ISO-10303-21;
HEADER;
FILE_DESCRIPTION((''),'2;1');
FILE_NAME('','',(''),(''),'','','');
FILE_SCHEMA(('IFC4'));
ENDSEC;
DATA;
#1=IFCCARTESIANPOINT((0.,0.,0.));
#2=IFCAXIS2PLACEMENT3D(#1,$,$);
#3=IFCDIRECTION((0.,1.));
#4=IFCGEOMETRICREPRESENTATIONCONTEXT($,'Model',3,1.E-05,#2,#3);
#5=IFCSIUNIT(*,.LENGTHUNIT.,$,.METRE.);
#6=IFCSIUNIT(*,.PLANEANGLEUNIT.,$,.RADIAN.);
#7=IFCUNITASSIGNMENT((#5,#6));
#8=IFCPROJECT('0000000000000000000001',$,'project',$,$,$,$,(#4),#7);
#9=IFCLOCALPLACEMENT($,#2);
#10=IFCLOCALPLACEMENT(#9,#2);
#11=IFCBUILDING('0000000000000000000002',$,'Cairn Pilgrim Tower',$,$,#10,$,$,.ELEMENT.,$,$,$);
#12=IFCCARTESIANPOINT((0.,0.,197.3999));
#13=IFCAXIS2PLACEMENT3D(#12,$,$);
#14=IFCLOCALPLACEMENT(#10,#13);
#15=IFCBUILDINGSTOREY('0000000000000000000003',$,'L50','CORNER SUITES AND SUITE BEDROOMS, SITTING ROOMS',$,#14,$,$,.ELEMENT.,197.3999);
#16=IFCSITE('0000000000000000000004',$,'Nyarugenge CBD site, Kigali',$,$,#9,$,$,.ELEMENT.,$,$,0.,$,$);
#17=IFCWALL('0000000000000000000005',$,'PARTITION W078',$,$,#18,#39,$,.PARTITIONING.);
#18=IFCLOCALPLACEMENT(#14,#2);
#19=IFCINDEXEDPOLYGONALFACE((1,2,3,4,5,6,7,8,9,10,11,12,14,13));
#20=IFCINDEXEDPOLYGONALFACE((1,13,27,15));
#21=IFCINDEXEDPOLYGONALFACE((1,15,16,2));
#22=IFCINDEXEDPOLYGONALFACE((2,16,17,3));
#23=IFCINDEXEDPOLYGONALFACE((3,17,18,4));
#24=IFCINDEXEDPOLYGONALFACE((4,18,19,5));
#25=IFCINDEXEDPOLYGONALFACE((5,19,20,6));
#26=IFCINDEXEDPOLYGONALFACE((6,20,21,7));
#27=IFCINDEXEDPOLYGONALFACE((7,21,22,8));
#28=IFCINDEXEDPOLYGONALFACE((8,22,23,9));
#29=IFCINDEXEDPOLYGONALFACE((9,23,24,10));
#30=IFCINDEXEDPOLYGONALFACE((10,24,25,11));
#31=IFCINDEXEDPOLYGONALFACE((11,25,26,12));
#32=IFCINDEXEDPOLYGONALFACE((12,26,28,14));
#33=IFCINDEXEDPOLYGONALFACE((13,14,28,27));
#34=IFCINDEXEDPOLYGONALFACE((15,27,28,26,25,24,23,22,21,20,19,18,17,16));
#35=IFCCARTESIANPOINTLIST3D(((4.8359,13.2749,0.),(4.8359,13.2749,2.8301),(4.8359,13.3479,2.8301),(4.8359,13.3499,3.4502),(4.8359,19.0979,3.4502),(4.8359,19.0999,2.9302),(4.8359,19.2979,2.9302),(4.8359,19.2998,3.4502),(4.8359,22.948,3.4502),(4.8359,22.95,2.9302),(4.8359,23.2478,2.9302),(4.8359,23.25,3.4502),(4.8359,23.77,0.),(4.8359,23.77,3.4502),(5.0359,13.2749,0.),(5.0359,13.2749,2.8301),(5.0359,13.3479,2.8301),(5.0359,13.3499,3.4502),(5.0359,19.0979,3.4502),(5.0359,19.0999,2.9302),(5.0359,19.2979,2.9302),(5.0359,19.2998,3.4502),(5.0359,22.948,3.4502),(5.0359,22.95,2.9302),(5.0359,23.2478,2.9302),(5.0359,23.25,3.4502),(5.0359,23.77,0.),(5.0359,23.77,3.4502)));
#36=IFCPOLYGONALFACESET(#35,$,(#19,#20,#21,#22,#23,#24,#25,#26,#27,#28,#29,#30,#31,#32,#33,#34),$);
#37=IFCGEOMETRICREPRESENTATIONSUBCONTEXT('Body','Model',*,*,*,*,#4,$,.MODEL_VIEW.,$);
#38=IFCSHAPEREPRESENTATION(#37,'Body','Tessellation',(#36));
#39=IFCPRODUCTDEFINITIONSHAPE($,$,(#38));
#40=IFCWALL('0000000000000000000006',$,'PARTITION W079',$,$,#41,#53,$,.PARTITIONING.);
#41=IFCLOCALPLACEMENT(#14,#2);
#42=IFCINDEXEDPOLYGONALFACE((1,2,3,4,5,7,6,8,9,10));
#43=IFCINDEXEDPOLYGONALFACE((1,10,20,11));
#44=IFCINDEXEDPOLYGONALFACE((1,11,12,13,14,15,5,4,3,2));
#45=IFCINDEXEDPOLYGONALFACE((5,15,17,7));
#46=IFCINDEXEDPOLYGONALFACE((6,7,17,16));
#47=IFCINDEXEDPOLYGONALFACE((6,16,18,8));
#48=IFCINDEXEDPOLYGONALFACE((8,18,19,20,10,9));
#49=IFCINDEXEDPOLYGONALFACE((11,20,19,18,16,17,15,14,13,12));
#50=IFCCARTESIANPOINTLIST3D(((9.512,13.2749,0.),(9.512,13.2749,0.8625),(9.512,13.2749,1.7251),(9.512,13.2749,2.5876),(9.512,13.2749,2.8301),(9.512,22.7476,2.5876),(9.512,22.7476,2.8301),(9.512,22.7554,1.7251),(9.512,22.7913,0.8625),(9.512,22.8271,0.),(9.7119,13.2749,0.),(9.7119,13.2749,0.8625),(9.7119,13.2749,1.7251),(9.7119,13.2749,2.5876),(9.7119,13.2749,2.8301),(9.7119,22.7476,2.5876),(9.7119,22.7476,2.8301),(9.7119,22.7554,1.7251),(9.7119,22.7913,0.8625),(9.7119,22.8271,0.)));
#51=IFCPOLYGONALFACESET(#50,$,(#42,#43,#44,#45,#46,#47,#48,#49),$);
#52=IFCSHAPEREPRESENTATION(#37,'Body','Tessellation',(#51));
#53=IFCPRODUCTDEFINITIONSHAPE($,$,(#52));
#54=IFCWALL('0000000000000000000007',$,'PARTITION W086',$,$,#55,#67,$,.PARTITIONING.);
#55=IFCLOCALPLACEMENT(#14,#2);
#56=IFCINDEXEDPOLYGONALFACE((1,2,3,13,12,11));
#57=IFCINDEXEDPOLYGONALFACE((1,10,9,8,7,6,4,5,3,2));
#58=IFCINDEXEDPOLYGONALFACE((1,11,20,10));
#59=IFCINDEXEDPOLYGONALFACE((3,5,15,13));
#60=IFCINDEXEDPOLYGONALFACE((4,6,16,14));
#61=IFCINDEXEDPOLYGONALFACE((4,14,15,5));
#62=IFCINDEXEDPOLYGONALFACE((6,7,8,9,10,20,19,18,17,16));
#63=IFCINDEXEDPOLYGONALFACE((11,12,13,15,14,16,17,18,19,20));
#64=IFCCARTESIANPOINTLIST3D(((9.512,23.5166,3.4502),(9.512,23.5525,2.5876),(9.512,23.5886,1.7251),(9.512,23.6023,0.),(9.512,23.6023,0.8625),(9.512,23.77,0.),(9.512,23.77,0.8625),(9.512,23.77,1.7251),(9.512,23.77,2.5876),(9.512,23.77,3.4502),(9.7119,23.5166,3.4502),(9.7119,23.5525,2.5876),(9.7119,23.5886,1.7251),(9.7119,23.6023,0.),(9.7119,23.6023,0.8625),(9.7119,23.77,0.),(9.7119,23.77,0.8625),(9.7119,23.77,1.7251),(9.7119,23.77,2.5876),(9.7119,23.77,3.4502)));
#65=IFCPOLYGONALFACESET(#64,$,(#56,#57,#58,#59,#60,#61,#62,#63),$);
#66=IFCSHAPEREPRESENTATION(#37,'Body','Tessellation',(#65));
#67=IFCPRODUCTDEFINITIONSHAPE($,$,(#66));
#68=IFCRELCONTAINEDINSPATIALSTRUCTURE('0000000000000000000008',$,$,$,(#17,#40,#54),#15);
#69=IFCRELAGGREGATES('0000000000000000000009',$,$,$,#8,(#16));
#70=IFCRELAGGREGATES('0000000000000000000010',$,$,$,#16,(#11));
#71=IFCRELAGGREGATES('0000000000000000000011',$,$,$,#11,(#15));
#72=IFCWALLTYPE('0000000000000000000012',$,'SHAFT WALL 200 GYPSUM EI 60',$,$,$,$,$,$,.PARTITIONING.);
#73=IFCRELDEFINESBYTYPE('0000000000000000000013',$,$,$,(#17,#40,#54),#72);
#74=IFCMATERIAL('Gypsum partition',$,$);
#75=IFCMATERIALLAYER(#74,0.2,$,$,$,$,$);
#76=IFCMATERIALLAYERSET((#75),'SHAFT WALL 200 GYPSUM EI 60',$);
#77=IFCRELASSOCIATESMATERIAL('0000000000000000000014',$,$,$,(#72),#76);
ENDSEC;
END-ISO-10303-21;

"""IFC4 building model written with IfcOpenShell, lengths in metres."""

from ifc_helpers import new_model, si_unit, direction, frame, origin, place, context, subcontext, project, spatial, polyline, outline, extrude, material, layer, layer_set, type_object, element, save


model = new_model("IFC4")

# Units and contexts
model_context = context("Model", 3, precision=1e-05, world=origin(), true_north=direction((0.0, 1.0)))
body_context = subcontext(model_context, "Body", "Model", "MODEL_VIEW")
ifc_project = project(units=[si_unit("LENGTHUNIT", "METRE"), si_unit("PLANEANGLEUNIT", "RADIAN")], contexts=[model_context])

# Site, building, storey
site_placement = place(None, origin())
site = spatial("IfcSite", under=ifc_project, at=site_placement, Name="Nyarugenge CBD site, Kigali", CompositionType="ELEMENT", RefElevation=0.0)
building_placement = place(site_placement, origin())
building = spatial("IfcBuilding", under=site, at=building_placement, Name="Cairn Pilgrim Tower", CompositionType="ELEMENT")
storey_placement = place(building_placement, frame((0.0, 0.0, 197.3999)))
storey = spatial("IfcBuildingStorey", under=building, at=storey_placement, Name="L50", Description="CORNER SUITES AND SUITE BEDROOMS, SITTING ROOMS", CompositionType="ELEMENT", Elevation=197.3999)

# Shared definitions
ifc_material_1 = material(Name="Gypsum partition")

# Walls
ifc_layer_1 = layer(ifc_material_1, 0.2)
ifc_layer_set_1 = layer_set([ifc_layer_1], Name="SHAFT WALL 200 GYPSUM EI 60")
wall_type_1 = type_object("IfcWallType", Name="SHAFT WALL 200 GYPSUM EI 60", PredefinedType="PARTITIONING", material=ifc_layer_set_1)
wall_1_placement = place(storey_placement, frame((4.936, 13.2749, 0.0), z_axis=(0.0, 0.0, 1.0), x_axis=(0.0, 1.0, 0.0)))
element("IfcWall", 1, at=wall_1_placement, inside=storey, type_object=wall_type_1, Name="PARTITION W078", PredefinedType="PARTITIONING", context=body_context, shape_type="SweptSolid", body=[
    extrude(outline(polyline([(0.0, 0.0), (10.4951, 0.0), (10.4951, 3.4502), (9.9751, 3.4502), (9.9729, 2.9302), (9.675, 2.9302), (9.6731, 3.4502), (6.0249, 3.4502), (6.0229, 2.9302), (5.825, 2.9302), (5.823, 3.4502), (0.075, 3.4502), (0.073, 2.8301), (0.0, 2.8301), (0.0, 0.0)])), frame((0.0, 0.1001, 0.0), z_axis=(0.0, -1.0, 0.0), x_axis=(1.0, 0.0, 0.0)), (0.0, 0.0, 1.0), 0.2),
])
wall_2_placement = place(storey_placement, frame((9.6121, 13.2749, 0.0), z_axis=(0.0, 0.0, 1.0), x_axis=(0.0, 1.0, 0.0)))
element("IfcWall", 2, at=wall_2_placement, inside=storey, type_object=wall_type_1, Name="PARTITION W079", PredefinedType="PARTITIONING", context=body_context, shape_type="SweptSolid", body=[
    extrude(outline(polyline([(0.0, 0.0), (9.5522, 0.0), (9.5164, 0.8625), (9.4805, 1.7251), (9.4727, 2.5876), (9.4727, 2.8301), (0.0, 2.8301), (0.0, 2.5876), (0.0, 1.7251), (0.0, 0.8625), (0.0, 0.0)])), frame((0.0, 0.1001, 0.0), z_axis=(0.0, -1.0, 0.0), x_axis=(1.0, 0.0, 0.0)), (0.0, 0.0, 1.0), 0.2),
])
wall_3_placement = place(storey_placement, frame((9.6121, 23.5166, 0.0), z_axis=(0.0, 0.0, 1.0), x_axis=(0.0, 1.0, 0.0)))
element("IfcWall", 3, at=wall_3_placement, inside=storey, type_object=wall_type_1, Name="PARTITION W086", PredefinedType="PARTITIONING", context=body_context, shape_type="SweptSolid", body=[
    extrude(outline(polyline([(0.0857, 0.0), (0.2534, 0.0), (0.2534, 0.8625), (0.2534, 1.7251), (0.2534, 2.5876), (0.2534, 3.4502), (0.0, 3.4502), (0.0359, 2.5876), (0.072, 1.7251), (0.0857, 0.8625), (0.0857, 0.0)])), frame((0.0, 0.1001, 0.0), z_axis=(0.0, -1.0, 0.0), x_axis=(1.0, 0.0, 0.0)), (0.0, 0.0, 1.0), 0.2),
])

save(model, "model.ifc")
